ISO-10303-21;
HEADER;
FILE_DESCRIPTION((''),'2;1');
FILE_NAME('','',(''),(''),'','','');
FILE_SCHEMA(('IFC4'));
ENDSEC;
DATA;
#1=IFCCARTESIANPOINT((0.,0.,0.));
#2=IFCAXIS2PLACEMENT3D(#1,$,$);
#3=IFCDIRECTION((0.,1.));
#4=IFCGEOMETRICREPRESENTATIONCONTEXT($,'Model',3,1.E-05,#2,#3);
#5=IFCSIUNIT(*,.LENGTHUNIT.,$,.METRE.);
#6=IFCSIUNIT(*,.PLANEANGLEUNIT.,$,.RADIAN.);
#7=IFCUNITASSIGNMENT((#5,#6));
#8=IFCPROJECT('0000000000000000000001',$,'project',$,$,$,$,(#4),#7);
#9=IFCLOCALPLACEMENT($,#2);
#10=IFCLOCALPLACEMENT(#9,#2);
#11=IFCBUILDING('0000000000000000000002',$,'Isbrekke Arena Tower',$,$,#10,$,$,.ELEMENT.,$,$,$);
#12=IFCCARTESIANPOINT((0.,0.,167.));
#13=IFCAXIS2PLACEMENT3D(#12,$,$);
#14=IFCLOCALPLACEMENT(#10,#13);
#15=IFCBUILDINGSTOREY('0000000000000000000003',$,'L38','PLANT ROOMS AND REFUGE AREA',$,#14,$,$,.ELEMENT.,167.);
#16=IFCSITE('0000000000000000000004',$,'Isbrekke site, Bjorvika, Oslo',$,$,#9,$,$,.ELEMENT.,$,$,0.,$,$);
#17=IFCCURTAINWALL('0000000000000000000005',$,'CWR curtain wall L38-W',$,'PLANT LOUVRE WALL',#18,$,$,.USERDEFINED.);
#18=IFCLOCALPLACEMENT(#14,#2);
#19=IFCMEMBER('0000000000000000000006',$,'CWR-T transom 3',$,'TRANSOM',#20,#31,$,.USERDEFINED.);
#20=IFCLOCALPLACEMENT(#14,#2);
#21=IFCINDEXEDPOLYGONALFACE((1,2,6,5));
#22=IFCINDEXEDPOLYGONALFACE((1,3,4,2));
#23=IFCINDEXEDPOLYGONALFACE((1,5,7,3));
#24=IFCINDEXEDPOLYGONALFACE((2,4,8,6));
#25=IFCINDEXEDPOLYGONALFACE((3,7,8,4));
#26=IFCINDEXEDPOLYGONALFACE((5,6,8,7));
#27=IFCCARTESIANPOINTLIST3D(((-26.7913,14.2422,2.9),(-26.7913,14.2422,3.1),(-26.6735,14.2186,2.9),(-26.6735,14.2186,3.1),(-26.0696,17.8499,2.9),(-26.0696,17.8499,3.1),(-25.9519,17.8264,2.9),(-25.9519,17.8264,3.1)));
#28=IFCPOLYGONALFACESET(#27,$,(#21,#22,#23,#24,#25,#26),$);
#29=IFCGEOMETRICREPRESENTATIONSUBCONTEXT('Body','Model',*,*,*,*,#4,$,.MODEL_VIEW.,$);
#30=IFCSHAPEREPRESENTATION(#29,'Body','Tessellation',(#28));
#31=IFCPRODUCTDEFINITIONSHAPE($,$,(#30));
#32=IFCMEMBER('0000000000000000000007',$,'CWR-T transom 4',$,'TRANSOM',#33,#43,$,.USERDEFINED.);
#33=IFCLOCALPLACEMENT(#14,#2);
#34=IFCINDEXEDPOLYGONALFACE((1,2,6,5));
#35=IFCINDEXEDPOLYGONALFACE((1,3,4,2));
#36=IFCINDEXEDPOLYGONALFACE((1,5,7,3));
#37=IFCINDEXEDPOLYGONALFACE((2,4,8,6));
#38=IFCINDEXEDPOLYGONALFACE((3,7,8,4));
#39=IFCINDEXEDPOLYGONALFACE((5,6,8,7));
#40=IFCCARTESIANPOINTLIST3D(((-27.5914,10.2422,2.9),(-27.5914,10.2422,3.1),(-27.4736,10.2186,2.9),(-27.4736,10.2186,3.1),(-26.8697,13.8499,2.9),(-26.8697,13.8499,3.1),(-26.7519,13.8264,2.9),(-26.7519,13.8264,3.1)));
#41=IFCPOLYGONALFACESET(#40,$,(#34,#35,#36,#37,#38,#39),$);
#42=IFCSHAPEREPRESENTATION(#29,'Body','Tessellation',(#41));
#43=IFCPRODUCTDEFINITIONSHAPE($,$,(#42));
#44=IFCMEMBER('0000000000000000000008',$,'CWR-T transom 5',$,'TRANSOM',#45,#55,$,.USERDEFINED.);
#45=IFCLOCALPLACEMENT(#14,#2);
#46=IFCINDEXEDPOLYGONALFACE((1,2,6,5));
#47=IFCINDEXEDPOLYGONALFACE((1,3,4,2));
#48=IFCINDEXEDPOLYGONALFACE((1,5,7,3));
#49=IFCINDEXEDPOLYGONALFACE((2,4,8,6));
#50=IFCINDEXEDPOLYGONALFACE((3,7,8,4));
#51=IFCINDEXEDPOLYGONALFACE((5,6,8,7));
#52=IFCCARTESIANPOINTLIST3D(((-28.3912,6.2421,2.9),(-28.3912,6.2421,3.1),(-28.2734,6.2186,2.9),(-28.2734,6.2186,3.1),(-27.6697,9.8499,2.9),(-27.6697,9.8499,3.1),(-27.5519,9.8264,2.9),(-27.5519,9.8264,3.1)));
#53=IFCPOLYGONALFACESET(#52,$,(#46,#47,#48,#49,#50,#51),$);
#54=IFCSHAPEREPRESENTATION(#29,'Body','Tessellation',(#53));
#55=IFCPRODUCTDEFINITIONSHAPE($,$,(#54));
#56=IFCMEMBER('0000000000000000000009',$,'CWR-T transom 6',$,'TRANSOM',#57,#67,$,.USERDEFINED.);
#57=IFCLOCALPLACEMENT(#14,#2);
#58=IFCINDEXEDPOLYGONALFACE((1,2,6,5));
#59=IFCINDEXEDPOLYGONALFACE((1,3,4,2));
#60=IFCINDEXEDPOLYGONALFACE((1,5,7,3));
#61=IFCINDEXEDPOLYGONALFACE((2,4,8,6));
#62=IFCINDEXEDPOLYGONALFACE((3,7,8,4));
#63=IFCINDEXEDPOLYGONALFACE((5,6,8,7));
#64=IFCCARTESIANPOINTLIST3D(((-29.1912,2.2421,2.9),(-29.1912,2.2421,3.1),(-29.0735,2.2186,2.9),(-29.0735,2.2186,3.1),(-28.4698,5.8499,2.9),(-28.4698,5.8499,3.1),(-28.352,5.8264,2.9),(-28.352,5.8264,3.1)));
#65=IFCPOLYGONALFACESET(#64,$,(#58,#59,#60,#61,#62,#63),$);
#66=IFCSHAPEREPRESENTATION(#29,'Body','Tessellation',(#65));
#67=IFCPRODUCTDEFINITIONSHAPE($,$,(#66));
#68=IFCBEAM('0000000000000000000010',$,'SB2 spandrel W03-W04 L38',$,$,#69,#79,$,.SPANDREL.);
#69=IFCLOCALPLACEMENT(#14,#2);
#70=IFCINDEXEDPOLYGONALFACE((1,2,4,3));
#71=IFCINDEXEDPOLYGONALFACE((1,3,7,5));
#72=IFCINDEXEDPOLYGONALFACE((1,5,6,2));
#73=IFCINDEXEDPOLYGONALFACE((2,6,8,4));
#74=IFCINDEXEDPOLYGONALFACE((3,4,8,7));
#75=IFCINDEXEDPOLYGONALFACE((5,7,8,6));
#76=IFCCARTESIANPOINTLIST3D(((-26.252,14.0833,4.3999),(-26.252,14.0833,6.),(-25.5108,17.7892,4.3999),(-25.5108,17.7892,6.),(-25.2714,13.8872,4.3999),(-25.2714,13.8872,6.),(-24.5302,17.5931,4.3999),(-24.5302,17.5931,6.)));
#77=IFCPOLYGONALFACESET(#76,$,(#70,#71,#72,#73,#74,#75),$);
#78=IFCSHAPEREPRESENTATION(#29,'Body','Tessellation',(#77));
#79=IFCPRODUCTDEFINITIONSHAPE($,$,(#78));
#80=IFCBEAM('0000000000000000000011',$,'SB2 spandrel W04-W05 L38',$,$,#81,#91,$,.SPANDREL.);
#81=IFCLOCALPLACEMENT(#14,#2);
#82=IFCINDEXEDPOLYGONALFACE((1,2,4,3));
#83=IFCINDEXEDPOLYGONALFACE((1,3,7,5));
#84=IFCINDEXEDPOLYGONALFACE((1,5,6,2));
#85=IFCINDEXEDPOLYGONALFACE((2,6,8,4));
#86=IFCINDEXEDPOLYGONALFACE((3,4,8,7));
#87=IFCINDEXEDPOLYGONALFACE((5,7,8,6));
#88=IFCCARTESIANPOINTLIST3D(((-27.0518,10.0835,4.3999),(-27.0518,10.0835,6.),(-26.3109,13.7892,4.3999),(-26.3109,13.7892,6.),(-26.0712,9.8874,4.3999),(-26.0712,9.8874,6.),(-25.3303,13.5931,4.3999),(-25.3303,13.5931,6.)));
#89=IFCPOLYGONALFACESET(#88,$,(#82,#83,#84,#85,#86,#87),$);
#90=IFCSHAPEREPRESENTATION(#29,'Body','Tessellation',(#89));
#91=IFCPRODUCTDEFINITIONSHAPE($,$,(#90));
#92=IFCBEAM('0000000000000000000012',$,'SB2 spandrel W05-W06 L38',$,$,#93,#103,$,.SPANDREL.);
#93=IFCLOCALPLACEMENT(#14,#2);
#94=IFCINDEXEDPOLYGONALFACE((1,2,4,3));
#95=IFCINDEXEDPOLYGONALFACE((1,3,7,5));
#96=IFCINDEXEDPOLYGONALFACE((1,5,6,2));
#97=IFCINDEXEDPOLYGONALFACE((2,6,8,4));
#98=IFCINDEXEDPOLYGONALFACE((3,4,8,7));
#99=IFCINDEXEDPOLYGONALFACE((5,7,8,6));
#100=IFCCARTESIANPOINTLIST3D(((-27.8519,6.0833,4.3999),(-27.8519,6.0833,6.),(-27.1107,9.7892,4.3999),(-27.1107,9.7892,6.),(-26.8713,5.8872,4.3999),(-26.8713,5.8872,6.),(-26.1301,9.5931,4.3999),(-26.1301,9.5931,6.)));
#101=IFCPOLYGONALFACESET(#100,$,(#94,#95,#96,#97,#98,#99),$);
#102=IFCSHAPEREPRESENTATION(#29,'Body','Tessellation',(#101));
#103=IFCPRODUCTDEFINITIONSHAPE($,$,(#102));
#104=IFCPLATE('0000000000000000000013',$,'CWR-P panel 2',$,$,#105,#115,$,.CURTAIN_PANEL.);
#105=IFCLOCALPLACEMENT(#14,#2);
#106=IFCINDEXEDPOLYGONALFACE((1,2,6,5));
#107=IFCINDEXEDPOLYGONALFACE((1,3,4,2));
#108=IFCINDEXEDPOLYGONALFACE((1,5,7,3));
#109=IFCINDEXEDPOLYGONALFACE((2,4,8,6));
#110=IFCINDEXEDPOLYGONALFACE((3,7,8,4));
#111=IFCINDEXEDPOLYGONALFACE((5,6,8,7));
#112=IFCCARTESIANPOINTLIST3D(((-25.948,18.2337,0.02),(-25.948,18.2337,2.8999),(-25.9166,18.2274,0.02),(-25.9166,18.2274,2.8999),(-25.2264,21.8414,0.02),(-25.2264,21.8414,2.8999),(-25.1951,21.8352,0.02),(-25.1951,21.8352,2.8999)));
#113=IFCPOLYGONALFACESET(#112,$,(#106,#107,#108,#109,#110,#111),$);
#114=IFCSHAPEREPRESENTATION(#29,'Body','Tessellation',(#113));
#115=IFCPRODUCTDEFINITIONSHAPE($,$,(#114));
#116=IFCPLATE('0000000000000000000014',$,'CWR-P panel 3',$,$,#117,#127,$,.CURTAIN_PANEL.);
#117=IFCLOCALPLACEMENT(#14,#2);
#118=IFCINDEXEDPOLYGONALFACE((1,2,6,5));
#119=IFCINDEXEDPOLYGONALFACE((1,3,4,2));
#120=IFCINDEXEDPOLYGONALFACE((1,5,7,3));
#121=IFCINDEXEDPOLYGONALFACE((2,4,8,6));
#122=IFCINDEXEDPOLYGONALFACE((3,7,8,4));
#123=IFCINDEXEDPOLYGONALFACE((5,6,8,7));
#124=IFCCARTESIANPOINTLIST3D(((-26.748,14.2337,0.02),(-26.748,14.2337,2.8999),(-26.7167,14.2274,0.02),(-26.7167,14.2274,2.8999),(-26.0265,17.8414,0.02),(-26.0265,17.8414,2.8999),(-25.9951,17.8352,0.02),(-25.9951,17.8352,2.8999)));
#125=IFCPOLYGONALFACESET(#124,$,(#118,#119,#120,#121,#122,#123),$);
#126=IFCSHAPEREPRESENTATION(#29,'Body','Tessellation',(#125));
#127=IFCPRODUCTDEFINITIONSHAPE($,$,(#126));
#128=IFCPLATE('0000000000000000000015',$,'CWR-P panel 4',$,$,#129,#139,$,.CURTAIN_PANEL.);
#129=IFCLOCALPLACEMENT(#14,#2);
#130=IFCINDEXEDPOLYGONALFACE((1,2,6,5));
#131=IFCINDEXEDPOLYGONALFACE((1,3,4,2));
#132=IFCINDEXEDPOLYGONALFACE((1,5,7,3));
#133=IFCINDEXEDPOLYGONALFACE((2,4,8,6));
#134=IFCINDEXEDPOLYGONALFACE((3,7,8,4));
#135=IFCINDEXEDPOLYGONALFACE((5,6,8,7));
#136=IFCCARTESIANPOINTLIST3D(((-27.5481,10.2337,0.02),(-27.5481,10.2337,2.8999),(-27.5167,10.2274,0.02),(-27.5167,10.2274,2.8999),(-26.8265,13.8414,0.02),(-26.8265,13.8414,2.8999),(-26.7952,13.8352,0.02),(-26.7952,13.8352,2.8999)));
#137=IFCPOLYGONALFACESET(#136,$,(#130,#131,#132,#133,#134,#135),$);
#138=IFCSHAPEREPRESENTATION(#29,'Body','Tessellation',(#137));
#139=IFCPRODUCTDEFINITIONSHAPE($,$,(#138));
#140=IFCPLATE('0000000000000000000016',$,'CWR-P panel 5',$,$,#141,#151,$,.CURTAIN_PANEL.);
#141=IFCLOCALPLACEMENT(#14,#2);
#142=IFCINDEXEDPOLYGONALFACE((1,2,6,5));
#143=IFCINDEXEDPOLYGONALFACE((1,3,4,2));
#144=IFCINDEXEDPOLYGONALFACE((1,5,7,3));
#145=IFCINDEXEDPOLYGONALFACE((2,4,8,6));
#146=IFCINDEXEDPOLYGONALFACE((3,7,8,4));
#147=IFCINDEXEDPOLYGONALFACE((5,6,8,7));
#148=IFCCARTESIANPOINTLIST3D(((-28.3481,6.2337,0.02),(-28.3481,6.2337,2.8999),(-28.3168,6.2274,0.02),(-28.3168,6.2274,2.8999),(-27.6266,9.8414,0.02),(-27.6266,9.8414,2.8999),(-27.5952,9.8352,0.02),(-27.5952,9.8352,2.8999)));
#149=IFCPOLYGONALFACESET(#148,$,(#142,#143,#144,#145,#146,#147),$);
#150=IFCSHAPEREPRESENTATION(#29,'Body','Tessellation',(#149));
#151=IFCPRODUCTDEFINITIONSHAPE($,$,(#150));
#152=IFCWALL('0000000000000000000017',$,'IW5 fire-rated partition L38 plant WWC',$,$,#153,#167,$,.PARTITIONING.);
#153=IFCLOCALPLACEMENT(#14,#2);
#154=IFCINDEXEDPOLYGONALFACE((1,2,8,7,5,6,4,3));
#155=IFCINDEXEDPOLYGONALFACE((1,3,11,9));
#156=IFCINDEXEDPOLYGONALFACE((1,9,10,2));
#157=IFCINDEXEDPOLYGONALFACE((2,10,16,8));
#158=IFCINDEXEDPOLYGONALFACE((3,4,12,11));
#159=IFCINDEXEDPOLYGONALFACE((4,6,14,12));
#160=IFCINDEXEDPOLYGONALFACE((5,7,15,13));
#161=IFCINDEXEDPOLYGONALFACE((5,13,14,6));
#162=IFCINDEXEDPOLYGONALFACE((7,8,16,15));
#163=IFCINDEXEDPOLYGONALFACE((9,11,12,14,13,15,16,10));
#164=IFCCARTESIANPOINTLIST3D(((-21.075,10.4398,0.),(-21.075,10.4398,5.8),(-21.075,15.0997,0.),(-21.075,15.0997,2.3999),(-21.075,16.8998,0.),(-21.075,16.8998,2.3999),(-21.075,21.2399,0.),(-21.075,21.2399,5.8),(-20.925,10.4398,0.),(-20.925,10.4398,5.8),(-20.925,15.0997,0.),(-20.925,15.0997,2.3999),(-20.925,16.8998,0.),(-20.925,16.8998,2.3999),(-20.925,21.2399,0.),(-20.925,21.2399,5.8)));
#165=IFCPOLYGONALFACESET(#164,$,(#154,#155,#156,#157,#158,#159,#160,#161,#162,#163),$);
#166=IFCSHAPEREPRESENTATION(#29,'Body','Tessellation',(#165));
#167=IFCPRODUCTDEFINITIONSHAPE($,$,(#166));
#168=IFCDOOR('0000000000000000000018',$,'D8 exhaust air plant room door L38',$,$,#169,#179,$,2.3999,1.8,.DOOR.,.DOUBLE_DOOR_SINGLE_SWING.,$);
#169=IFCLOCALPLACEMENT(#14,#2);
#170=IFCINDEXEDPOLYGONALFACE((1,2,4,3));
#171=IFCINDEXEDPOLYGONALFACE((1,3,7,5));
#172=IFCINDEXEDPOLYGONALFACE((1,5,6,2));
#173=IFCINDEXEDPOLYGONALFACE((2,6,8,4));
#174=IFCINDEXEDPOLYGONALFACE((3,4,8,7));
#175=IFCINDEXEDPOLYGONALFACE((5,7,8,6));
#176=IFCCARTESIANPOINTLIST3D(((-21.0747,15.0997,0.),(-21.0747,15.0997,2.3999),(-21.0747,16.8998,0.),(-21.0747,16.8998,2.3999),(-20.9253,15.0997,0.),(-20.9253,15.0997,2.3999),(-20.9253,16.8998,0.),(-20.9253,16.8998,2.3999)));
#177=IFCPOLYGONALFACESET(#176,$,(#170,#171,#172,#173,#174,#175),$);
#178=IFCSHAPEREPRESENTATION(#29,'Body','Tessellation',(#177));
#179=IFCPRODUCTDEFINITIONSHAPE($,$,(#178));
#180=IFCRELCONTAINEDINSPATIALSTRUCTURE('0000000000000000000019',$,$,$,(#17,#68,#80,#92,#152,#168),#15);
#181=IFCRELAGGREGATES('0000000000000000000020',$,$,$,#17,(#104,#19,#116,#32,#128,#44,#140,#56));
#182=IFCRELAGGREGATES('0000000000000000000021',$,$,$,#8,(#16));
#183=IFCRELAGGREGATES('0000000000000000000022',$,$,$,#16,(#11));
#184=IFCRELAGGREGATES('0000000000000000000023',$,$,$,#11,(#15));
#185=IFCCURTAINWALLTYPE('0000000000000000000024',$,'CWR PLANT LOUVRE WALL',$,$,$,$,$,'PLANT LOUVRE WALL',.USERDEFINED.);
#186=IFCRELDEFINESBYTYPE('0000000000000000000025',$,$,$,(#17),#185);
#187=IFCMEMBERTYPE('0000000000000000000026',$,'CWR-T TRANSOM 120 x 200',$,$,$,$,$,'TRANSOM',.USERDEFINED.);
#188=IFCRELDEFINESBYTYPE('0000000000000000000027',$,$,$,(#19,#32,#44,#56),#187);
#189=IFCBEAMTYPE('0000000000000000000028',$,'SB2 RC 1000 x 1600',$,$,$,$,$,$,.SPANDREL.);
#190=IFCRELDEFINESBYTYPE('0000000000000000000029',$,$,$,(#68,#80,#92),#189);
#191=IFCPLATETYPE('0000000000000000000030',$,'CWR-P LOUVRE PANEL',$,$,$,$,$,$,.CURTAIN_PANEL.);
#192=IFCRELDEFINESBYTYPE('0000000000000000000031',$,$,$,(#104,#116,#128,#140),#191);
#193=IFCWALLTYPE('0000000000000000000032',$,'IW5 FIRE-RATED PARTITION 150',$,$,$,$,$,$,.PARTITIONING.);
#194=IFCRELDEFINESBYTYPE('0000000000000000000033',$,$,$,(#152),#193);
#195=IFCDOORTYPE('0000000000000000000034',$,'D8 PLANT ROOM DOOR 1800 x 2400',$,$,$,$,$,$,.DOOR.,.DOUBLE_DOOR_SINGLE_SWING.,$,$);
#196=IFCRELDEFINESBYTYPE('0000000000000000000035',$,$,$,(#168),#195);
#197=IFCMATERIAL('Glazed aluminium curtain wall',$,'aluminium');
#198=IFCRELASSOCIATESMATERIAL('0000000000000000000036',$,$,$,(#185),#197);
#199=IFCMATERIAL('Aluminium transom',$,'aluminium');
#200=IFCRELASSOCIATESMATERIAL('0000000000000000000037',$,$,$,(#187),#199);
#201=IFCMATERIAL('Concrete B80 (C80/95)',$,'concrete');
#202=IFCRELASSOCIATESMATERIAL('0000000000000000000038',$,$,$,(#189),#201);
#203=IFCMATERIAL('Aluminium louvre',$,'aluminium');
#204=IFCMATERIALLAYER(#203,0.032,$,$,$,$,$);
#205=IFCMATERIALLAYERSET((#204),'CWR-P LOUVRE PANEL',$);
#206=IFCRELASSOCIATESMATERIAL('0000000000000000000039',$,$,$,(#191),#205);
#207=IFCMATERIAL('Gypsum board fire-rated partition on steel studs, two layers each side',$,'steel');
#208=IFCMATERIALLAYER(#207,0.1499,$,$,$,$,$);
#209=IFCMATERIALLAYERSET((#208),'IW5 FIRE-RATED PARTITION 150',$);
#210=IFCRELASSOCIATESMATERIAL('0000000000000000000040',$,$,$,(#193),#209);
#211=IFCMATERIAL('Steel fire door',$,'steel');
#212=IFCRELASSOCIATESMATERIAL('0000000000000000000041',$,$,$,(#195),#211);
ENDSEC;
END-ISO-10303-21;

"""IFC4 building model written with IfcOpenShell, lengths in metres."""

from ifc_helpers import new_model, si_unit, direction, frame, frame_2d, origin, origin_2d, place, context, subcontext, project, spatial, rectangle, extrude, material, layer, layer_set, material_profile, profile_set, type_object, element, fill, aggregate, save


model = new_model("IFC4")

# Units and contexts
model_context = context("Model", 3, precision=1e-05, world=origin(), true_north=direction((0.0, 1.0)))
body_context = subcontext(model_context, "Body", "Model", "MODEL_VIEW")
ifc_project = project(units=[si_unit("LENGTHUNIT", "METRE"), si_unit("PLANEANGLEUNIT", "RADIAN")], contexts=[model_context])

# Site, building, storey
site_placement = place(None, origin())
site = spatial("IfcSite", under=ifc_project, at=site_placement, Name="Isbrekke site, Bjorvika, Oslo", CompositionType="ELEMENT", RefElevation=0.0)
building_placement = place(site_placement, origin())
building = spatial("IfcBuilding", under=site, at=building_placement, Name="Isbrekke Arena Tower", CompositionType="ELEMENT")
storey_placement = place(building_placement, frame((0.0, 0.0, 167.0)))
storey = spatial("IfcBuildingStorey", under=building, at=storey_placement, Name="L38", Description="PLANT ROOMS AND REFUGE AREA", CompositionType="ELEMENT", Elevation=167.0)

# Curtain wall, members
ifc_material_1 = material(Name="Glazed aluminium curtain wall", Category="aluminium")
curtain_wall_type = type_object("IfcCurtainWallType", Name="CWR PLANT LOUVRE WALL", ElementType="PLANT LOUVRE WALL", PredefinedType="USERDEFINED", material=ifc_material_1)
curtain_wall_placement = place(storey_placement, origin())
curtain_wall = element("IfcCurtainWall", 1, at=curtain_wall_placement, inside=storey, type_object=curtain_wall_type, Name="CWR curtain wall L38-W", ObjectType="PLANT LOUVRE WALL", PredefinedType="USERDEFINED")
ifc_material_2 = material(Name="Aluminium transom", Category="aluminium")
ifc_material_profile_1 = material_profile(ifc_material_2, rectangle(XDim=0.1201, YDim=0.2, at=origin_2d()), Name="TRANSOM 120X200")
ifc_profile_set_1 = profile_set([ifc_material_profile_1], Name="Aluminium transom")
member_type_1 = type_object("IfcMemberType", Name="CWR-T TRANSOM 120 x 200", ElementType="TRANSOM", PredefinedType="USERDEFINED", material=ifc_profile_set_1)
member_1_placement = place(storey_placement, frame((-26.0107, 17.8381, 3.0), z_axis=(-0.196154, -0.980573, 0.0), x_axis=(0.980573, -0.196154, 0.0)))
member_1 = element("IfcMember", 2, at=member_1_placement, type_object=member_type_1, Name="CWR-T transom 3", ObjectType="TRANSOM", PredefinedType="USERDEFINED", context=body_context, shape_type="SweptSolid", body=[
    extrude(rectangle(XDim=0.1201, YDim=0.2, at=origin_2d()), origin(), (0.0, 0.0, 1.0), 3.6792),
])
member_2_placement = place(storey_placement, frame((-26.8108, 13.8381, 3.0), z_axis=(-0.196154, -0.980573, 0.0), x_axis=(0.980573, -0.196154, 0.0)))
member_2 = element("IfcMember", 3, at=member_2_placement, type_object=member_type_1, Name="CWR-T transom 4", ObjectType="TRANSOM", PredefinedType="USERDEFINED", context=body_context, shape_type="SweptSolid", body=[
    extrude(rectangle(XDim=0.1201, YDim=0.2, at=origin_2d()), origin(), (0.0, 0.0, 1.0), 3.6792),
])
member_3_placement = place(storey_placement, frame((-27.6108, 9.8381, 3.0), z_axis=(-0.196091, -0.980586, 0.0), x_axis=(0.980586, -0.196091, 0.0)))
member_3 = element("IfcMember", 4, at=member_3_placement, type_object=member_type_1, Name="CWR-T transom 5", ObjectType="TRANSOM", PredefinedType="USERDEFINED", context=body_context, shape_type="SweptSolid", body=[
    extrude(rectangle(XDim=0.1201, YDim=0.2, at=origin_2d()), origin(), (0.0, 0.0, 1.0), 3.6792),
])
member_4_placement = place(storey_placement, frame((-28.4109, 5.8381, 3.0), z_axis=(-0.196091, -0.980586, 0.0), x_axis=(0.980586, -0.196091, 0.0)))
member_4 = element("IfcMember", 5, at=member_4_placement, type_object=member_type_1, Name="CWR-T transom 6", ObjectType="TRANSOM", PredefinedType="USERDEFINED", context=body_context, shape_type="SweptSolid", body=[
    extrude(rectangle(XDim=0.1201, YDim=0.2, at=origin_2d()), origin(), (0.0, 0.0, 1.0), 3.6792),
])

# Beams
ifc_material_3 = material(Name="Concrete B80 (C80/95)", Category="concrete")
ifc_material_profile_2 = material_profile(ifc_material_3, rectangle(XDim=1.0, YDim=1.6001, at=origin_2d()), Name="RC 1000x1600")
ifc_profile_set_2 = profile_set([ifc_material_profile_2], Name="Concrete B80 (C80/95)")
beam_type_1 = type_object("IfcBeamType", Name="SB2 RC 1000 x 1600", PredefinedType="SPANDREL", material=ifc_profile_set_2)
beam_1_placement = place(storey_placement, frame((-25.0205, 17.6912, 5.2), z_axis=(-0.196129, -0.980578, 0.0), x_axis=(0.980578, -0.196129, 0.0)))
element("IfcBeam", 6, at=beam_1_placement, inside=storey, type_object=beam_type_1, Name="SB2 spandrel W03-W04 L38", PredefinedType="SPANDREL", context=body_context, shape_type="SweptSolid", body=[
    extrude(rectangle(XDim=1.0, YDim=1.6001, at=origin_2d()), origin(), (0.0, 0.0, 1.0), 3.7793),
])
beam_2_placement = place(storey_placement, frame((-25.8206, 13.6912, 5.2), z_axis=(-0.196066, -0.980591, 0.0), x_axis=(0.980591, -0.196066, 0.0)))
element("IfcBeam", 7, at=beam_2_placement, inside=storey, type_object=beam_type_1, Name="SB2 spandrel W04-W05 L38", PredefinedType="SPANDREL", context=body_context, shape_type="SweptSolid", body=[
    extrude(rectangle(XDim=1.0, YDim=1.6001, at=origin_2d()), origin(), (0.0, 0.0, 1.0), 3.7791),
])
beam_3_placement = place(storey_placement, frame((-26.6204, 9.6912, 5.2), z_axis=(-0.196129, -0.980578, 0.0), x_axis=(0.980578, -0.196129, 0.0)))
element("IfcBeam", 8, at=beam_3_placement, inside=storey, type_object=beam_type_1, Name="SB2 spandrel W05-W06 L38", PredefinedType="SPANDREL", context=body_context, shape_type="SweptSolid", body=[
    extrude(rectangle(XDim=1.0, YDim=1.6001, at=origin_2d()), origin(), (0.0, 0.0, 1.0), 3.7793),
])

# Plates
ifc_material_4 = material(Name="Aluminium louvre", Category="aluminium")
ifc_layer_1 = layer(ifc_material_4, 0.032)
ifc_layer_set_1 = layer_set([ifc_layer_1], Name="CWR-P LOUVRE PANEL")
plate_type = type_object("IfcPlateType", Name="CWR-P LOUVRE PANEL", PredefinedType="CURTAIN_PANEL", material=ifc_layer_set_1)
plate_1_placement = place(storey_placement, frame((-25.5715, 20.0344, 0.02), z_axis=(0.0, 0.0, 1.0), x_axis=(-0.196116, -0.980581, 0.0)))
plate_1 = element("IfcPlate", 9, at=plate_1_placement, type_object=plate_type, Name="CWR-P panel 2", PredefinedType="CURTAIN_PANEL", context=body_context, shape_type="SweptSolid", body=[
    extrude(rectangle(XDim=3.6792, YDim=0.032, at=origin_2d()), origin(), (0.0, 0.0, 1.0), 2.8799),
])
plate_2_placement = place(storey_placement, frame((-26.3716, 16.0344, 0.02), z_axis=(0.0, 0.0, 1.0), x_axis=(-0.196116, -0.980581, 0.0)))
plate_2 = element("IfcPlate", 10, at=plate_2_placement, type_object=plate_type, Name="CWR-P panel 3", PredefinedType="CURTAIN_PANEL", context=body_context, shape_type="SweptSolid", body=[
    extrude(rectangle(XDim=3.6792, YDim=0.032, at=origin_2d()), origin(), (0.0, 0.0, 1.0), 2.8799),
])
plate_3_placement = place(storey_placement, frame((-27.1716, 12.0344, 0.02), z_axis=(0.0, 0.0, 1.0), x_axis=(-0.196116, -0.980581, 0.0)))
plate_3 = element("IfcPlate", 11, at=plate_3_placement, type_object=plate_type, Name="CWR-P panel 4", PredefinedType="CURTAIN_PANEL", context=body_context, shape_type="SweptSolid", body=[
    extrude(rectangle(XDim=3.6792, YDim=0.032, at=origin_2d()), origin(), (0.0, 0.0, 1.0), 2.8799),
])
plate_4_placement = place(storey_placement, frame((-27.9717, 8.0344, 0.02), z_axis=(0.0, 0.0, 1.0), x_axis=(-0.196116, -0.980581, 0.0)))
plate_4 = element("IfcPlate", 12, at=plate_4_placement, type_object=plate_type, Name="CWR-P panel 5", PredefinedType="CURTAIN_PANEL", context=body_context, shape_type="SweptSolid", body=[
    extrude(rectangle(XDim=3.6792, YDim=0.032, at=origin_2d()), origin(), (0.0, 0.0, 1.0), 2.8799),
])
aggregate(curtain_wall, [plate_1, member_1, plate_2, member_2, plate_3, member_3, plate_4, member_4])

# Wall, opening, door
ifc_material_5 = material(Name="Gypsum board fire-rated partition on steel studs, two layers each side", Category="steel")
ifc_layer_2 = layer(ifc_material_5, 0.1499)
ifc_layer_set_2 = layer_set([ifc_layer_2], Name="IW5 FIRE-RATED PARTITION 150")
wall_type = type_object("IfcWallType", Name="IW5 FIRE-RATED PARTITION 150", PredefinedType="PARTITIONING", material=ifc_layer_set_2)
wall_1_placement = place(storey_placement, frame((-21.0, 10.4399, 0.0), z_axis=(0.0, 0.0, 1.0), x_axis=(0.0, 1.0, 0.0)))
wall_1 = element("IfcWall", 13, at=wall_1_placement, inside=storey, type_object=wall_type, Name="IW5 fire-rated partition L38 plant WWC", PredefinedType="PARTITIONING", context=body_context, shape_type="SweptSolid", body=[
    extrude(rectangle(XDim=10.8, YDim=0.1499, at=frame_2d((5.3999, 0.0))), origin(), (0.0, 0.0, 1.0), 5.8),
])
opening_placement = place(wall_1_placement, frame((4.6599, 0.0, 0.0)))
opening = element("IfcOpeningElement", 14, at=opening_placement, cuts=wall_1, PredefinedType="OPENING", context=body_context, shape_type="SweptSolid", body=[
    extrude(rectangle(XDim=1.8, YDim=2.3999, at=frame_2d((0.8999, 1.2))), frame((0.0, 0.0898, 0.0), z_axis=(0.0, -1.0, 0.0), x_axis=(1.0, 0.0, 0.0)), (0.0, 0.0, 1.0), 0.1797),
])
ifc_material_6 = material(Name="Steel fire door", Category="steel")
door_type = type_object("IfcDoorType", Name="D8 PLANT ROOM DOOR 1800 x 2400", OperationType="DOUBLE_DOOR_SINGLE_SWING", PredefinedType="DOOR", material=ifc_material_6)
door_placement = place(opening_placement, origin())
door = element("IfcDoor", 15, at=door_placement, inside=storey, type_object=door_type, Name="D8 exhaust air plant room door L38", OperationType="DOUBLE_DOOR_SINGLE_SWING", OverallHeight=2.3999, OverallWidth=1.8, PredefinedType="DOOR", context=body_context, shape_type="SweptSolid", body=[
    extrude(rectangle(XDim=1.8, YDim=2.3999, at=frame_2d((0.8999, 1.2))), frame((0.0, 0.0747, 0.0), z_axis=(0.0, -1.0, 0.0), x_axis=(1.0, 0.0, 0.0)), (0.0, 0.0, 1.0), 0.1494),
])
fill(opening, door)

save(model, "model.ifc")
